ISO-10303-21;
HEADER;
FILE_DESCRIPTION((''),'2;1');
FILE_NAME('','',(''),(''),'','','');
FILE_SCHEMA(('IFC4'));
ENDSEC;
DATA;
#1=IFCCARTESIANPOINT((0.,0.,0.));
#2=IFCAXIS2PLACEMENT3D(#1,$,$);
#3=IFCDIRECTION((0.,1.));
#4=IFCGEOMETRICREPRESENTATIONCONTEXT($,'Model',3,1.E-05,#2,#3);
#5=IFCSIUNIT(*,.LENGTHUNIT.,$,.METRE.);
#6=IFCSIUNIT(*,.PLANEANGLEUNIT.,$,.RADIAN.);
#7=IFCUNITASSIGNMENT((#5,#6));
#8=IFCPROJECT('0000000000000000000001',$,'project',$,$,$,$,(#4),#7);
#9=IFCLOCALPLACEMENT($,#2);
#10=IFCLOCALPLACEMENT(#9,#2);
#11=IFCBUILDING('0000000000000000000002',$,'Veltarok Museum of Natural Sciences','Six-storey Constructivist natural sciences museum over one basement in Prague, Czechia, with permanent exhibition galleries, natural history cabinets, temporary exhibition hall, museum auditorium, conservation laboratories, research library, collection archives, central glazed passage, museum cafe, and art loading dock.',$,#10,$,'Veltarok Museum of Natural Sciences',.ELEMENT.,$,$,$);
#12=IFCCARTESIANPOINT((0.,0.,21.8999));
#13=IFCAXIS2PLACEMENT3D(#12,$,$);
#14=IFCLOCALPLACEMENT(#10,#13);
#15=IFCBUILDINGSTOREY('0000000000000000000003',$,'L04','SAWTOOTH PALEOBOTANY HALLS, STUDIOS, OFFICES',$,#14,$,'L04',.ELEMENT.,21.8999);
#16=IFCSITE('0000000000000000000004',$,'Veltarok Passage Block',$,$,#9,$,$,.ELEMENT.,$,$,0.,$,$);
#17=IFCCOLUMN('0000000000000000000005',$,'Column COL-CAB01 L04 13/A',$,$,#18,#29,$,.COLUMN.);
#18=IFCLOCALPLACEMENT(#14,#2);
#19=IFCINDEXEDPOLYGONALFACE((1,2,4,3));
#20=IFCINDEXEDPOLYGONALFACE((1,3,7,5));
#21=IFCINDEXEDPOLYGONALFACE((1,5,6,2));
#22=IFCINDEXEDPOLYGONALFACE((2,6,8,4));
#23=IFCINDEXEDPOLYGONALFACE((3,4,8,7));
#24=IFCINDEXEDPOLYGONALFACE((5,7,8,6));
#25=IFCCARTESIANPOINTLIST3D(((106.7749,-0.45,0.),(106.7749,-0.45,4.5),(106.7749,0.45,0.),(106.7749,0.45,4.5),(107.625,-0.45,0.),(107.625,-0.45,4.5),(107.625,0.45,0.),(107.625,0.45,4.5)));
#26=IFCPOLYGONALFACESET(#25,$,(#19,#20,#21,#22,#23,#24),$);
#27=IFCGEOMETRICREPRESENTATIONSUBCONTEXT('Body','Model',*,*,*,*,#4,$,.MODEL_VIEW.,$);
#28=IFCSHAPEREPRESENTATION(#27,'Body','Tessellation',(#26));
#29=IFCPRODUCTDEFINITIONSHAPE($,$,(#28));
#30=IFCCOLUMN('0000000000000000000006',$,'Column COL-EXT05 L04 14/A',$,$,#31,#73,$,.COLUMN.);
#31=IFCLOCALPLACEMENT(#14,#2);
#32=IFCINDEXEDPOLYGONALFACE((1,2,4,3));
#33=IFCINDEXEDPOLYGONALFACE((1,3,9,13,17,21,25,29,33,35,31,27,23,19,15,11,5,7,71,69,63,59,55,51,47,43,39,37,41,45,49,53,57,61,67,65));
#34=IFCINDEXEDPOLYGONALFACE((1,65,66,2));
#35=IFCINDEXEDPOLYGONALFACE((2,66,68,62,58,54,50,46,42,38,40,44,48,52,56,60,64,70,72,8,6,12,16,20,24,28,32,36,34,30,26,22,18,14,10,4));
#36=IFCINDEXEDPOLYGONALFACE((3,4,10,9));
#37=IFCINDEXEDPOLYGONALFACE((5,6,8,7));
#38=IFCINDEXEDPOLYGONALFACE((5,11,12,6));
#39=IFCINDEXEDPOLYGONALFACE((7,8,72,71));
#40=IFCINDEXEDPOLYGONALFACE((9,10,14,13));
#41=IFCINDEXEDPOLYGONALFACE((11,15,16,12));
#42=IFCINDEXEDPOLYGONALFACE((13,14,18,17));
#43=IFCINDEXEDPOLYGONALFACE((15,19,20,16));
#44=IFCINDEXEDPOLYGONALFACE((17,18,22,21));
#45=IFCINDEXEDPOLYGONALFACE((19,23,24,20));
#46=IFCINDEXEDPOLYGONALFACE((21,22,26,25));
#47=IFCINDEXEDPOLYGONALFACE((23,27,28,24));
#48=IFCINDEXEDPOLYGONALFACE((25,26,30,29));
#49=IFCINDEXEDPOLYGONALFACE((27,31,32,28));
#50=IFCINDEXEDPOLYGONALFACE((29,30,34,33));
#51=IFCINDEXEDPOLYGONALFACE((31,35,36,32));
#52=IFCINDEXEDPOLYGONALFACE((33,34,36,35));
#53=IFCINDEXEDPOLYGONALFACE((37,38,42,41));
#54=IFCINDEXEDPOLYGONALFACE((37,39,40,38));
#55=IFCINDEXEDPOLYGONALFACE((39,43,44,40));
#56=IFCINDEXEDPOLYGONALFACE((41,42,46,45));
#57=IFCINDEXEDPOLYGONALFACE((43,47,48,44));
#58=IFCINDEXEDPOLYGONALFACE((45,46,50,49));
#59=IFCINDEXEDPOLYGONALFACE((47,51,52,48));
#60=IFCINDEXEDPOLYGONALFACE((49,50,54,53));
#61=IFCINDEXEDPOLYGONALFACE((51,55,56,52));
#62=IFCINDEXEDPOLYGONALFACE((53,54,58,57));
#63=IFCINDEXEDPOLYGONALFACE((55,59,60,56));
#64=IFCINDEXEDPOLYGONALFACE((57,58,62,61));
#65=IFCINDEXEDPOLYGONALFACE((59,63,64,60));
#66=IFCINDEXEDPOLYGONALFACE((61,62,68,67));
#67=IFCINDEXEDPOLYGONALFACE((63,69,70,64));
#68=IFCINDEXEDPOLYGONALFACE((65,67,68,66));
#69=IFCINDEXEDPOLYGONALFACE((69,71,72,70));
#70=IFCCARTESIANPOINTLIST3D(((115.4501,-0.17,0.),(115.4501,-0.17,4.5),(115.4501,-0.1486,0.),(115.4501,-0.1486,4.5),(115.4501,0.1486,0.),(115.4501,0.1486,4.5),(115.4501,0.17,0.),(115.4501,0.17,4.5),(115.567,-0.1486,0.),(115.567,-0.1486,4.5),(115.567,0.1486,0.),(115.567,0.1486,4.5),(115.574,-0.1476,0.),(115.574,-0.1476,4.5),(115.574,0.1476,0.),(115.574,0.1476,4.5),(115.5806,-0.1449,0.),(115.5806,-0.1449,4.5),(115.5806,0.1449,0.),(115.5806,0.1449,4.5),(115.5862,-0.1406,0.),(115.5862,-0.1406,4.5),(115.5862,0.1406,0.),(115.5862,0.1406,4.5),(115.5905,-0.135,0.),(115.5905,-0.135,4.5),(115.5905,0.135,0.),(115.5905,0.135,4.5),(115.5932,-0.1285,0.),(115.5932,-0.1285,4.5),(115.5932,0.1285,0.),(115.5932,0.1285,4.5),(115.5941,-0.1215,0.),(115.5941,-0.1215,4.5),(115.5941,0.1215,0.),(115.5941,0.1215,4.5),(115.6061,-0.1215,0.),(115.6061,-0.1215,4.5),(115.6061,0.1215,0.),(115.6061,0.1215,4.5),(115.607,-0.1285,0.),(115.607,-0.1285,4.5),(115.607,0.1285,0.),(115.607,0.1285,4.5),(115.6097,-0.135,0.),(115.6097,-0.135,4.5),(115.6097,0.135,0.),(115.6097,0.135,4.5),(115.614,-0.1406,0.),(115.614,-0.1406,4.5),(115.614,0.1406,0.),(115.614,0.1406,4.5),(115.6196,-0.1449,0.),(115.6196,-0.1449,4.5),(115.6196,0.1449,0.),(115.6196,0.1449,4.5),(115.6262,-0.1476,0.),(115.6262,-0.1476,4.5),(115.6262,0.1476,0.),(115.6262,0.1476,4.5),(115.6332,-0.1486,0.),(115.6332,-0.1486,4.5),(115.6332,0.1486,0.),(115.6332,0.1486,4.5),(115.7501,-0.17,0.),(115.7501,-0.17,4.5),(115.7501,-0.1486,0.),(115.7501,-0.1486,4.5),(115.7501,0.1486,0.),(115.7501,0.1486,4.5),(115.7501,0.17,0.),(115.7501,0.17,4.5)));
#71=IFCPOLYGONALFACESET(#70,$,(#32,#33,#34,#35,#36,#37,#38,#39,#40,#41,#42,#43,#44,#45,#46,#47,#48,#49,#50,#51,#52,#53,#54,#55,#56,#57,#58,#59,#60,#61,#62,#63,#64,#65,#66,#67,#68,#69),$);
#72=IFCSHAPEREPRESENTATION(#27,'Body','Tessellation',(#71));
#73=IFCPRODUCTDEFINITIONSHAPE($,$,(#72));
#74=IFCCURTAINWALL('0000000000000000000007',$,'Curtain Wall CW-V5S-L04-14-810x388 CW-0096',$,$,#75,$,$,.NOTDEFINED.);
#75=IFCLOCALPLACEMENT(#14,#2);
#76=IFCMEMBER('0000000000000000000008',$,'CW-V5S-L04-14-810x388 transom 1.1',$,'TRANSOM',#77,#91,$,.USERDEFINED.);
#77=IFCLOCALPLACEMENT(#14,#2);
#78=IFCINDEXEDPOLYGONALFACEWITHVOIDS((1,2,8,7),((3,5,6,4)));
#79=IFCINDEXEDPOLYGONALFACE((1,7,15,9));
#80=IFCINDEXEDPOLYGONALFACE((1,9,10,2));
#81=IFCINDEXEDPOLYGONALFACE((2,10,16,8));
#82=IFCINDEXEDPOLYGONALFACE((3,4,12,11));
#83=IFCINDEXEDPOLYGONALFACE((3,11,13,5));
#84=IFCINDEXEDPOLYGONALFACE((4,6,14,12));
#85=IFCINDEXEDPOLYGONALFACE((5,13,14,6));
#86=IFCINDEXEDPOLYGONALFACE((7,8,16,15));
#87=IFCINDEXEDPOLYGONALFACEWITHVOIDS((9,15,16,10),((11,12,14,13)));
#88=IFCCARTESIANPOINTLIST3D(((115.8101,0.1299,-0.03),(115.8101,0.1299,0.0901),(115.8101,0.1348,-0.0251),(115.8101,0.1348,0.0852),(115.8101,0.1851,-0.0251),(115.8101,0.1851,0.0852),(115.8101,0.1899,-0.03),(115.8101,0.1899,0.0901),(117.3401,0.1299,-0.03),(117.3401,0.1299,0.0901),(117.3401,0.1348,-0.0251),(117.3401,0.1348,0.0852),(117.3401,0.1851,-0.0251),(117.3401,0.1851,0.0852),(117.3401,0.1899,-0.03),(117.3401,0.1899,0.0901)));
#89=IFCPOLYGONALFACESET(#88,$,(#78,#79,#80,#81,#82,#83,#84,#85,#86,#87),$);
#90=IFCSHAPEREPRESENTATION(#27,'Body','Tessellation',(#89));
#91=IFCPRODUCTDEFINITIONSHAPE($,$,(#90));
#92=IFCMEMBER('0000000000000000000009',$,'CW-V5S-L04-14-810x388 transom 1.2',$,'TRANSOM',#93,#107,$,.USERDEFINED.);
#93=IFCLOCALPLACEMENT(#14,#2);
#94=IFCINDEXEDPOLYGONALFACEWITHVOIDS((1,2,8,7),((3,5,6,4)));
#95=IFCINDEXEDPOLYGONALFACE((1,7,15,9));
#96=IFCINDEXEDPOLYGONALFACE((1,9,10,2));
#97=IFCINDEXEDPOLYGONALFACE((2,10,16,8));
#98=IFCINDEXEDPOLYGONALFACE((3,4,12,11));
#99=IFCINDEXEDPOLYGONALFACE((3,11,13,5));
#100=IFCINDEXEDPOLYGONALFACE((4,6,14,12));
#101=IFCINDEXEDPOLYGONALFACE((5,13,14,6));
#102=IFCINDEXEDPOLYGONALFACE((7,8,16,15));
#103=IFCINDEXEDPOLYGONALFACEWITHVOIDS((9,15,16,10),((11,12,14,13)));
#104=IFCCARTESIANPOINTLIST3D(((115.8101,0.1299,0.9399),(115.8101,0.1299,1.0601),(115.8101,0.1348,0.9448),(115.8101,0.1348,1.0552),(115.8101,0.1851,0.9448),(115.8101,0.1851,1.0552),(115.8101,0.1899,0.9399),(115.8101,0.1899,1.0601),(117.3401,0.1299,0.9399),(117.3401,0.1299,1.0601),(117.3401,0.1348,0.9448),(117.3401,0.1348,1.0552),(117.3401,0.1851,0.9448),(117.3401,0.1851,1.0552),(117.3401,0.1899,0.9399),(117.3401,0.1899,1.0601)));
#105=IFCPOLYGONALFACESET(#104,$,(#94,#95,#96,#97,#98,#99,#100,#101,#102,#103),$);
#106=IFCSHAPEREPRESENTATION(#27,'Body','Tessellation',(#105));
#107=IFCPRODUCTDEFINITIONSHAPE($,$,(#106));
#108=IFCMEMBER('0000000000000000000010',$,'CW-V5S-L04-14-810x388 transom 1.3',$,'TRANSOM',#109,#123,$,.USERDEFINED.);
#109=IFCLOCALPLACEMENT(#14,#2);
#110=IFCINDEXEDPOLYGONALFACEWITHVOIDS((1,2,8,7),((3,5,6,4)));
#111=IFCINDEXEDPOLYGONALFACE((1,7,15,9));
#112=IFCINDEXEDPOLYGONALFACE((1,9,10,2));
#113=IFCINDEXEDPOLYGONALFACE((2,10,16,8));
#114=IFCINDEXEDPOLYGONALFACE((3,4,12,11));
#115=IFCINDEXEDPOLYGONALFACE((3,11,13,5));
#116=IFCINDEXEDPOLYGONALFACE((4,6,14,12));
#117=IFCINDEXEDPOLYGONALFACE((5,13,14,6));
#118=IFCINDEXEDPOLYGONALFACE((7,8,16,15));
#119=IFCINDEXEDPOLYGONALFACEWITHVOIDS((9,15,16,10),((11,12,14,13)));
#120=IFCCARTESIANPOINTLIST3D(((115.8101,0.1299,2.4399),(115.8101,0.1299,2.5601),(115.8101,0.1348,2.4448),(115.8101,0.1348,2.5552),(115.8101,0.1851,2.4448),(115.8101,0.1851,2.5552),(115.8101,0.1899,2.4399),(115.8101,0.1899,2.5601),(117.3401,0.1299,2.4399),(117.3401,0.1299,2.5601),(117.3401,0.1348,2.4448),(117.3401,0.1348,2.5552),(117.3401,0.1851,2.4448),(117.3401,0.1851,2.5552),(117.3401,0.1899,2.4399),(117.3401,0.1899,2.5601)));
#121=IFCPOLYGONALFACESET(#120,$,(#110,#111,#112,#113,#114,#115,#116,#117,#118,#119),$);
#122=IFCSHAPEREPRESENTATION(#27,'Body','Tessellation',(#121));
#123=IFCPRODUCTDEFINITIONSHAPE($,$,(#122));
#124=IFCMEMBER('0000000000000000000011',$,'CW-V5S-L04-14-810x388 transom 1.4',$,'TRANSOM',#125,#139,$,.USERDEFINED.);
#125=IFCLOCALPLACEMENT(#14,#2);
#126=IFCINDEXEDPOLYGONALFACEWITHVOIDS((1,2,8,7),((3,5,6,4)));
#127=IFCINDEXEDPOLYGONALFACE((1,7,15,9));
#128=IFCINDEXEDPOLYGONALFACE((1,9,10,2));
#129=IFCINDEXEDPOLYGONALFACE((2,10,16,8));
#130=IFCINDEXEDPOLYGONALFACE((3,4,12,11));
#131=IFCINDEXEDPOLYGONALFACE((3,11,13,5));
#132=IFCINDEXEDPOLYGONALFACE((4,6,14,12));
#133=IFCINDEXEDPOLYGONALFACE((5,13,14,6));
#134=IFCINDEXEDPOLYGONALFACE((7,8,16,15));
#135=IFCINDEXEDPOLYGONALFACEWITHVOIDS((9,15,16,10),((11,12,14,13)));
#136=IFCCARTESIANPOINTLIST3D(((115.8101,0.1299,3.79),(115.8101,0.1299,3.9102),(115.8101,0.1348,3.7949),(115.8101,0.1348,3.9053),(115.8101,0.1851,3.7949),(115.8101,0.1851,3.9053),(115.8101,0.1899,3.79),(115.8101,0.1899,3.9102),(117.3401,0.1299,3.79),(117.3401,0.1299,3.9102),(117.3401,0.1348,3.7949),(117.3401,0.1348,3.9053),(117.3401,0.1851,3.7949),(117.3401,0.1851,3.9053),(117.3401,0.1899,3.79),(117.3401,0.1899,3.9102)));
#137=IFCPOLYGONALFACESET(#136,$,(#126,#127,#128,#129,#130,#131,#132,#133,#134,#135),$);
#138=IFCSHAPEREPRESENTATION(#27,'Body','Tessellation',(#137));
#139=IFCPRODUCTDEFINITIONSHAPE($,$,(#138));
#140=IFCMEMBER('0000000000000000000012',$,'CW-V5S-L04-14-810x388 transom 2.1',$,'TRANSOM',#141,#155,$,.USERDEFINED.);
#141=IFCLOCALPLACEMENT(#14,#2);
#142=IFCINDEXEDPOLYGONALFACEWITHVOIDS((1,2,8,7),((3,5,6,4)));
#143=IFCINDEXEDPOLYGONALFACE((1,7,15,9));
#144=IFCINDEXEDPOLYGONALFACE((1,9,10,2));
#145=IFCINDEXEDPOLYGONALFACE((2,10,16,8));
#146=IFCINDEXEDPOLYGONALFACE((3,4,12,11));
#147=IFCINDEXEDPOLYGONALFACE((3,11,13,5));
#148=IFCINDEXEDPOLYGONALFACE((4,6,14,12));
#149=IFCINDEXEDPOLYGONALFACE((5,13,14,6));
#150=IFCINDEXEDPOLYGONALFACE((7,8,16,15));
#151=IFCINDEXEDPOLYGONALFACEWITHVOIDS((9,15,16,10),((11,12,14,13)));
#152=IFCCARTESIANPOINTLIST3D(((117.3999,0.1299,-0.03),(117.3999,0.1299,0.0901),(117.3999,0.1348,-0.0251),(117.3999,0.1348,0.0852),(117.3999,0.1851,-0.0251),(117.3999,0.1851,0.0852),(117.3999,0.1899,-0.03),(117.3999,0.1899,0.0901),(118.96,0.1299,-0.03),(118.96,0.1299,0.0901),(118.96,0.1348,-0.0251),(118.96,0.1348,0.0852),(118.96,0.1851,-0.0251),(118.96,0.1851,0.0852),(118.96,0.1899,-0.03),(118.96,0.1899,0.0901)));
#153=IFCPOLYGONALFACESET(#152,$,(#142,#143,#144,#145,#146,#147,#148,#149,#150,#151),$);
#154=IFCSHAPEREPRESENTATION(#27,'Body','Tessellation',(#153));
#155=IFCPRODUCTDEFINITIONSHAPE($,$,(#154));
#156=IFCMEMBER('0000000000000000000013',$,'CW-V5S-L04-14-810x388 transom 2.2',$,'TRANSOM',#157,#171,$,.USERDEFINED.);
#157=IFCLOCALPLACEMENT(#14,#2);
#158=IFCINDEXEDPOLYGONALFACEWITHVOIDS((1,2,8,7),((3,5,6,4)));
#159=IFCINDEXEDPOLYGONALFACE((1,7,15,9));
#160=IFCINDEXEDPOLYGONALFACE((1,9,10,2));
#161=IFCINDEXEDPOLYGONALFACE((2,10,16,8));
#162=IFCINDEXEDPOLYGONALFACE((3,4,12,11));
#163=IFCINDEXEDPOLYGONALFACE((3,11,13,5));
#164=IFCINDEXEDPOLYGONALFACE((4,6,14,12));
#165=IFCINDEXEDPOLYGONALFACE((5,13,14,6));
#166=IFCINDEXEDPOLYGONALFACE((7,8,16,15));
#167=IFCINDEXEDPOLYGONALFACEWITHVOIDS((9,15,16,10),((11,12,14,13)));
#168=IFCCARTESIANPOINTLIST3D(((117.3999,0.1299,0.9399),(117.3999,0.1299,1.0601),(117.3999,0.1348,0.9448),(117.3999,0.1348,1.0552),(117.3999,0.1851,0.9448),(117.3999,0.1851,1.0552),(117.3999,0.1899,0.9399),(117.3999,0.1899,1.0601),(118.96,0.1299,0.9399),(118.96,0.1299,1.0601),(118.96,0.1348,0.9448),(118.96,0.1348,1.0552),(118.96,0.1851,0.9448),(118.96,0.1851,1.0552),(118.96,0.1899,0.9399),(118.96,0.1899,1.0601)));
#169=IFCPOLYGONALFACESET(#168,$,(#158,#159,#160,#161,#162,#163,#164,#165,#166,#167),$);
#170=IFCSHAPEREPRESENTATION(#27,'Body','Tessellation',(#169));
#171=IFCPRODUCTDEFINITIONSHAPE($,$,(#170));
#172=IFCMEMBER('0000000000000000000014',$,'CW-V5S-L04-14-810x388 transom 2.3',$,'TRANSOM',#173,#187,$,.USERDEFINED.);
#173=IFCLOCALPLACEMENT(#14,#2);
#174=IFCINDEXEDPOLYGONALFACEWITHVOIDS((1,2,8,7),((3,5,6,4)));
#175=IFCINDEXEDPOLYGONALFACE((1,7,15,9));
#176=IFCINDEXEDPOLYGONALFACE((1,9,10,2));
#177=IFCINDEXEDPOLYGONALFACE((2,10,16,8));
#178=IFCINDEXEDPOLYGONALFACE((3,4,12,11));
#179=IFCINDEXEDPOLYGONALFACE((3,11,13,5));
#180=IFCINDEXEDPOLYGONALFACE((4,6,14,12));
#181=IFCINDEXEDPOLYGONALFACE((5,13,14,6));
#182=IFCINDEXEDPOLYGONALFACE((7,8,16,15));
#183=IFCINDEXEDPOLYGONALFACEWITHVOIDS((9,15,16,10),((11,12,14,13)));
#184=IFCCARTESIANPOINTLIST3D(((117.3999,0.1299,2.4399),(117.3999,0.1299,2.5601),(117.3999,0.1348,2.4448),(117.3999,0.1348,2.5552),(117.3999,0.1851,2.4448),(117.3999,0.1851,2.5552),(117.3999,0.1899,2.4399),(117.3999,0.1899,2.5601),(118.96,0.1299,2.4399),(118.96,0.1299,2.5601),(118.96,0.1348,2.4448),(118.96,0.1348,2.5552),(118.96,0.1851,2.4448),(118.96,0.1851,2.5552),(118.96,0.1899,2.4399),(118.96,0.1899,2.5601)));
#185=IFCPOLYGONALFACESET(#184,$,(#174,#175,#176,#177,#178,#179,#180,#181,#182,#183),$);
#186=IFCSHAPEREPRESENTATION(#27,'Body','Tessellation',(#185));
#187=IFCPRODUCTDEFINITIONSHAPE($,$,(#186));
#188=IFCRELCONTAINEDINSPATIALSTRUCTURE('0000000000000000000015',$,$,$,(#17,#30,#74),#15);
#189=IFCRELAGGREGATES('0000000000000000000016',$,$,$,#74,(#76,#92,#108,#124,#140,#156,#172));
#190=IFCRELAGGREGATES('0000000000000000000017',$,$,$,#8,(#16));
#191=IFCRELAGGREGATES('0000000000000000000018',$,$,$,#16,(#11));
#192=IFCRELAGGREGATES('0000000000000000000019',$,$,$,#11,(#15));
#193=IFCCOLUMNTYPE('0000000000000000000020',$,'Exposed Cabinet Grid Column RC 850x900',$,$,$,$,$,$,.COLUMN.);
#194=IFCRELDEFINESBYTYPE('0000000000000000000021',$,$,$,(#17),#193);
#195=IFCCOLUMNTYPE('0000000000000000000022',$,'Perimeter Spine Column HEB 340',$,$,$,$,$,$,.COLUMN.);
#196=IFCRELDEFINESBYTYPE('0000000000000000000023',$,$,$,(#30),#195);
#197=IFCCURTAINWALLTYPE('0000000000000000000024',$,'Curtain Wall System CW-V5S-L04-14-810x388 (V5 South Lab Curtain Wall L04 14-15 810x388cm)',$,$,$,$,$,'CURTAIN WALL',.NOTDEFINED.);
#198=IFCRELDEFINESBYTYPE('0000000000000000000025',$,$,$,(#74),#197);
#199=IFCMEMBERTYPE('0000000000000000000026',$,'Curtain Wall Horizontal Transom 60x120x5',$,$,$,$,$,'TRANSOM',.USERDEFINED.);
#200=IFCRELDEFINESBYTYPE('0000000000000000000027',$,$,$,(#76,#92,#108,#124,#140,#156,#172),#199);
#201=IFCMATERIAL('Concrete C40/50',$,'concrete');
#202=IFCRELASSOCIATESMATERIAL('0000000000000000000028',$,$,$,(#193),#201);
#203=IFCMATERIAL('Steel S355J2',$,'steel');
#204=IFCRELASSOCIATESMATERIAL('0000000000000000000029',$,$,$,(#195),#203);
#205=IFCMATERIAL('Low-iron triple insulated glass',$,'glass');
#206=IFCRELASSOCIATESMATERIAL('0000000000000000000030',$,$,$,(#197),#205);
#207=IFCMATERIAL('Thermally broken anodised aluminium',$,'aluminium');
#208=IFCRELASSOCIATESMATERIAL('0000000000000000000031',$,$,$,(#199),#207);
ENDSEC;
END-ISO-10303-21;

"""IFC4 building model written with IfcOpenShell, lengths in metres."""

from ifc_helpers import new_model, si_unit, direction, frame, origin, origin_2d, place, context, subcontext, project, spatial, rectangle, hollow_rectangle, i_section, extrude, material, material_profile, profile_set, type_object, element, aggregate, save


model = new_model("IFC4")

# Units and contexts
model_context = context("Model", 3, precision=1e-05, world=origin(), true_north=direction((0.0, 1.0)))
body_context = subcontext(model_context, "Body", "Model", "MODEL_VIEW")
ifc_project = project(units=[si_unit("LENGTHUNIT", "METRE"), si_unit("PLANEANGLEUNIT", "RADIAN")], contexts=[model_context])

# Site, building, storey
site_placement = place(None, origin())
site = spatial("IfcSite", under=ifc_project, at=site_placement, Name="Veltarok Passage Block", CompositionType="ELEMENT", RefElevation=0.0)
building_placement = place(site_placement, origin())
building = spatial("IfcBuilding", under=site, at=building_placement, Name="Veltarok Museum of Natural Sciences", Description="Six-storey Constructivist natural sciences museum over one basement in Prague, Czechia, with permanent exhibition galleries, natural history cabinets, temporary exhibition hall, museum auditorium, conservation laboratories, research library, collection archives, central glazed passage, museum cafe, and art loading dock.", LongName="Veltarok Museum of Natural Sciences", CompositionType="ELEMENT")
storey_placement = place(building_placement, frame((0.0, 0.0, 21.8999)))
storey = spatial("IfcBuildingStorey", under=building, at=storey_placement, Name="L04", Description="SAWTOOTH PALEOBOTANY HALLS, STUDIOS, OFFICES", LongName="L04", CompositionType="ELEMENT", Elevation=21.8999)

# Columns
ifc_material_1 = material(Name="Concrete C40/50", Category="concrete")
ifc_material_profile_1 = material_profile(ifc_material_1, rectangle(XDim=0.8501, YDim=0.8999, at=origin_2d()), Name="RC 850x900")
ifc_profile_set_1 = profile_set([ifc_material_profile_1], Name="Concrete C40/50")
column_type_1 = type_object("IfcColumnType", Name="Exposed Cabinet Grid Column RC 850x900", PredefinedType="COLUMN", material=ifc_profile_set_1)
column_1_placement = place(storey_placement, frame((107.2, 0.0, 0.0), z_axis=(0.0, 0.0, 1.0), x_axis=(1.0, 0.0, 0.0)))
element("IfcColumn", 1, at=column_1_placement, inside=storey, type_object=column_type_1, Name="Column COL-CAB01 L04 13/A", PredefinedType="COLUMN", context=body_context, shape_type="SweptSolid", body=[
    extrude(rectangle(XDim=0.8501, YDim=0.8999, at=origin_2d()), origin(), (0.0, 0.0, 1.0), 4.5),
])
ifc_material_2 = material(Name="Steel S355J2", Category="steel")
ifc_material_profile_2 = material_profile(ifc_material_2, i_section(OverallWidth=0.3, OverallDepth=0.3401, WebThickness=0.012, FlangeThickness=0.0215, FilletRadius=0.0271, at=origin_2d()), Name="HEB 340")
ifc_profile_set_2 = profile_set([ifc_material_profile_2], Name="Steel S355J2")
column_type_2 = type_object("IfcColumnType", Name="Perimeter Spine Column HEB 340", PredefinedType="COLUMN", material=ifc_profile_set_2)
column_2_placement = place(storey_placement, frame((115.6001, 0.0, 0.0), z_axis=(0.0, 0.0, 1.0), x_axis=(1.0, 0.0, 0.0)))
element("IfcColumn", 2, at=column_2_placement, inside=storey, type_object=column_type_2, Name="Column COL-EXT05 L04 14/A", PredefinedType="COLUMN", context=body_context, shape_type="SweptSolid", body=[
    extrude(i_section(OverallWidth=0.3, OverallDepth=0.3401, WebThickness=0.012, FlangeThickness=0.0215, FilletRadius=0.0271, at=origin_2d()), origin(), (0.0, 0.0, 1.0), 4.5),
])

# Curtain wall, members
ifc_material_3 = material(Name="Low-iron triple insulated glass", Category="glass")
curtain_wall_type = type_object("IfcCurtainWallType", Name="Curtain Wall System CW-V5S-L04-14-810x388 (V5 South Lab Curtain Wall L04 14-15 810x388cm)", ElementType="CURTAIN WALL", PredefinedType="NOTDEFINED", material=ifc_material_3)
curtain_wall_placement = place(storey_placement, origin())
curtain_wall = element("IfcCurtainWall", 3, at=curtain_wall_placement, inside=storey, type_object=curtain_wall_type, Name="Curtain Wall CW-V5S-L04-14-810x388 CW-0096", PredefinedType="NOTDEFINED")
ifc_material_4 = material(Name="Thermally broken anodised aluminium", Category="aluminium")
ifc_material_profile_3 = material_profile(ifc_material_4, hollow_rectangle(XDim=0.0601, YDim=0.1201, WallThickness=0.0049, at=origin_2d()), Name="CW TRANSOM 60x120x5")
ifc_profile_set_3 = profile_set([ifc_material_profile_3], Name="Thermally broken anodised aluminium")
member_type_1 = type_object("IfcMemberType", Name="Curtain Wall Horizontal Transom 60x120x5", ElementType="TRANSOM", PredefinedType="USERDEFINED", material=ifc_profile_set_3)
member_1_placement = place(storey_placement, frame((115.8101, 0.1599, 0.03), z_axis=(1.0, 0.0, 0.0), x_axis=(0.0, 1.0, 0.0)))
member_1 = element("IfcMember", 4, at=member_1_placement, type_object=member_type_1, Name="CW-V5S-L04-14-810x388 transom 1.1", ObjectType="TRANSOM", PredefinedType="USERDEFINED", context=body_context, shape_type="SweptSolid", body=[
    extrude(hollow_rectangle(XDim=0.0601, YDim=0.1201, WallThickness=0.0049, at=origin_2d()), origin(), (0.0, 0.0, 1.0), 1.53),
])
member_2_placement = place(storey_placement, frame((115.8101, 0.1599, 1.0), z_axis=(1.0, 0.0, 0.0), x_axis=(0.0, 1.0, 0.0)))
member_2 = element("IfcMember", 5, at=member_2_placement, type_object=member_type_1, Name="CW-V5S-L04-14-810x388 transom 1.2", ObjectType="TRANSOM", PredefinedType="USERDEFINED", context=body_context, shape_type="SweptSolid", body=[
    extrude(hollow_rectangle(XDim=0.0601, YDim=0.1201, WallThickness=0.0049, at=origin_2d()), origin(), (0.0, 0.0, 1.0), 1.53),
])
member_3_placement = place(storey_placement, frame((115.8101, 0.1599, 2.5), z_axis=(1.0, 0.0, 0.0), x_axis=(0.0, 1.0, 0.0)))
member_3 = element("IfcMember", 6, at=member_3_placement, type_object=member_type_1, Name="CW-V5S-L04-14-810x388 transom 1.3", ObjectType="TRANSOM", PredefinedType="USERDEFINED", context=body_context, shape_type="SweptSolid", body=[
    extrude(hollow_rectangle(XDim=0.0601, YDim=0.1201, WallThickness=0.0049, at=origin_2d()), origin(), (0.0, 0.0, 1.0), 1.53),
])
member_4_placement = place(storey_placement, frame((115.8101, 0.1599, 3.8501), z_axis=(1.0, 0.0, 0.0), x_axis=(0.0, 1.0, 0.0)))
member_4 = element("IfcMember", 7, at=member_4_placement, type_object=member_type_1, Name="CW-V5S-L04-14-810x388 transom 1.4", ObjectType="TRANSOM", PredefinedType="USERDEFINED", context=body_context, shape_type="SweptSolid", body=[
    extrude(hollow_rectangle(XDim=0.0601, YDim=0.1201, WallThickness=0.0049, at=origin_2d()), origin(), (0.0, 0.0, 1.0), 1.53),
])
member_5_placement = place(storey_placement, frame((117.3999, 0.1599, 0.03), z_axis=(1.0, 0.0, 0.0), x_axis=(0.0, 1.0, 0.0)))
member_5 = element("IfcMember", 8, at=member_5_placement, type_object=member_type_1, Name="CW-V5S-L04-14-810x388 transom 2.1", ObjectType="TRANSOM", PredefinedType="USERDEFINED", context=body_context, shape_type="SweptSolid", body=[
    extrude(hollow_rectangle(XDim=0.0601, YDim=0.1201, WallThickness=0.0049, at=origin_2d()), origin(), (0.0, 0.0, 1.0), 1.5601),
])
member_6_placement = place(storey_placement, frame((117.3999, 0.1599, 1.0), z_axis=(1.0, 0.0, 0.0), x_axis=(0.0, 1.0, 0.0)))
member_6 = element("IfcMember", 9, at=member_6_placement, type_object=member_type_1, Name="CW-V5S-L04-14-810x388 transom 2.2", ObjectType="TRANSOM", PredefinedType="USERDEFINED", context=body_context, shape_type="SweptSolid", body=[
    extrude(hollow_rectangle(XDim=0.0601, YDim=0.1201, WallThickness=0.0049, at=origin_2d()), origin(), (0.0, 0.0, 1.0), 1.5601),
])
member_7_placement = place(storey_placement, frame((117.3999, 0.1599, 2.5), z_axis=(1.0, 0.0, 0.0), x_axis=(0.0, 1.0, 0.0)))
member_7 = element("IfcMember", 10, at=member_7_placement, type_object=member_type_1, Name="CW-V5S-L04-14-810x388 transom 2.3", ObjectType="TRANSOM", PredefinedType="USERDEFINED", context=body_context, shape_type="SweptSolid", body=[
    extrude(hollow_rectangle(XDim=0.0601, YDim=0.1201, WallThickness=0.0049, at=origin_2d()), origin(), (0.0, 0.0, 1.0), 1.5601),
])

aggregate(curtain_wall, [member_1, member_2, member_3, member_4, member_5, member_6, member_7])

save(model, "model.ifc")
